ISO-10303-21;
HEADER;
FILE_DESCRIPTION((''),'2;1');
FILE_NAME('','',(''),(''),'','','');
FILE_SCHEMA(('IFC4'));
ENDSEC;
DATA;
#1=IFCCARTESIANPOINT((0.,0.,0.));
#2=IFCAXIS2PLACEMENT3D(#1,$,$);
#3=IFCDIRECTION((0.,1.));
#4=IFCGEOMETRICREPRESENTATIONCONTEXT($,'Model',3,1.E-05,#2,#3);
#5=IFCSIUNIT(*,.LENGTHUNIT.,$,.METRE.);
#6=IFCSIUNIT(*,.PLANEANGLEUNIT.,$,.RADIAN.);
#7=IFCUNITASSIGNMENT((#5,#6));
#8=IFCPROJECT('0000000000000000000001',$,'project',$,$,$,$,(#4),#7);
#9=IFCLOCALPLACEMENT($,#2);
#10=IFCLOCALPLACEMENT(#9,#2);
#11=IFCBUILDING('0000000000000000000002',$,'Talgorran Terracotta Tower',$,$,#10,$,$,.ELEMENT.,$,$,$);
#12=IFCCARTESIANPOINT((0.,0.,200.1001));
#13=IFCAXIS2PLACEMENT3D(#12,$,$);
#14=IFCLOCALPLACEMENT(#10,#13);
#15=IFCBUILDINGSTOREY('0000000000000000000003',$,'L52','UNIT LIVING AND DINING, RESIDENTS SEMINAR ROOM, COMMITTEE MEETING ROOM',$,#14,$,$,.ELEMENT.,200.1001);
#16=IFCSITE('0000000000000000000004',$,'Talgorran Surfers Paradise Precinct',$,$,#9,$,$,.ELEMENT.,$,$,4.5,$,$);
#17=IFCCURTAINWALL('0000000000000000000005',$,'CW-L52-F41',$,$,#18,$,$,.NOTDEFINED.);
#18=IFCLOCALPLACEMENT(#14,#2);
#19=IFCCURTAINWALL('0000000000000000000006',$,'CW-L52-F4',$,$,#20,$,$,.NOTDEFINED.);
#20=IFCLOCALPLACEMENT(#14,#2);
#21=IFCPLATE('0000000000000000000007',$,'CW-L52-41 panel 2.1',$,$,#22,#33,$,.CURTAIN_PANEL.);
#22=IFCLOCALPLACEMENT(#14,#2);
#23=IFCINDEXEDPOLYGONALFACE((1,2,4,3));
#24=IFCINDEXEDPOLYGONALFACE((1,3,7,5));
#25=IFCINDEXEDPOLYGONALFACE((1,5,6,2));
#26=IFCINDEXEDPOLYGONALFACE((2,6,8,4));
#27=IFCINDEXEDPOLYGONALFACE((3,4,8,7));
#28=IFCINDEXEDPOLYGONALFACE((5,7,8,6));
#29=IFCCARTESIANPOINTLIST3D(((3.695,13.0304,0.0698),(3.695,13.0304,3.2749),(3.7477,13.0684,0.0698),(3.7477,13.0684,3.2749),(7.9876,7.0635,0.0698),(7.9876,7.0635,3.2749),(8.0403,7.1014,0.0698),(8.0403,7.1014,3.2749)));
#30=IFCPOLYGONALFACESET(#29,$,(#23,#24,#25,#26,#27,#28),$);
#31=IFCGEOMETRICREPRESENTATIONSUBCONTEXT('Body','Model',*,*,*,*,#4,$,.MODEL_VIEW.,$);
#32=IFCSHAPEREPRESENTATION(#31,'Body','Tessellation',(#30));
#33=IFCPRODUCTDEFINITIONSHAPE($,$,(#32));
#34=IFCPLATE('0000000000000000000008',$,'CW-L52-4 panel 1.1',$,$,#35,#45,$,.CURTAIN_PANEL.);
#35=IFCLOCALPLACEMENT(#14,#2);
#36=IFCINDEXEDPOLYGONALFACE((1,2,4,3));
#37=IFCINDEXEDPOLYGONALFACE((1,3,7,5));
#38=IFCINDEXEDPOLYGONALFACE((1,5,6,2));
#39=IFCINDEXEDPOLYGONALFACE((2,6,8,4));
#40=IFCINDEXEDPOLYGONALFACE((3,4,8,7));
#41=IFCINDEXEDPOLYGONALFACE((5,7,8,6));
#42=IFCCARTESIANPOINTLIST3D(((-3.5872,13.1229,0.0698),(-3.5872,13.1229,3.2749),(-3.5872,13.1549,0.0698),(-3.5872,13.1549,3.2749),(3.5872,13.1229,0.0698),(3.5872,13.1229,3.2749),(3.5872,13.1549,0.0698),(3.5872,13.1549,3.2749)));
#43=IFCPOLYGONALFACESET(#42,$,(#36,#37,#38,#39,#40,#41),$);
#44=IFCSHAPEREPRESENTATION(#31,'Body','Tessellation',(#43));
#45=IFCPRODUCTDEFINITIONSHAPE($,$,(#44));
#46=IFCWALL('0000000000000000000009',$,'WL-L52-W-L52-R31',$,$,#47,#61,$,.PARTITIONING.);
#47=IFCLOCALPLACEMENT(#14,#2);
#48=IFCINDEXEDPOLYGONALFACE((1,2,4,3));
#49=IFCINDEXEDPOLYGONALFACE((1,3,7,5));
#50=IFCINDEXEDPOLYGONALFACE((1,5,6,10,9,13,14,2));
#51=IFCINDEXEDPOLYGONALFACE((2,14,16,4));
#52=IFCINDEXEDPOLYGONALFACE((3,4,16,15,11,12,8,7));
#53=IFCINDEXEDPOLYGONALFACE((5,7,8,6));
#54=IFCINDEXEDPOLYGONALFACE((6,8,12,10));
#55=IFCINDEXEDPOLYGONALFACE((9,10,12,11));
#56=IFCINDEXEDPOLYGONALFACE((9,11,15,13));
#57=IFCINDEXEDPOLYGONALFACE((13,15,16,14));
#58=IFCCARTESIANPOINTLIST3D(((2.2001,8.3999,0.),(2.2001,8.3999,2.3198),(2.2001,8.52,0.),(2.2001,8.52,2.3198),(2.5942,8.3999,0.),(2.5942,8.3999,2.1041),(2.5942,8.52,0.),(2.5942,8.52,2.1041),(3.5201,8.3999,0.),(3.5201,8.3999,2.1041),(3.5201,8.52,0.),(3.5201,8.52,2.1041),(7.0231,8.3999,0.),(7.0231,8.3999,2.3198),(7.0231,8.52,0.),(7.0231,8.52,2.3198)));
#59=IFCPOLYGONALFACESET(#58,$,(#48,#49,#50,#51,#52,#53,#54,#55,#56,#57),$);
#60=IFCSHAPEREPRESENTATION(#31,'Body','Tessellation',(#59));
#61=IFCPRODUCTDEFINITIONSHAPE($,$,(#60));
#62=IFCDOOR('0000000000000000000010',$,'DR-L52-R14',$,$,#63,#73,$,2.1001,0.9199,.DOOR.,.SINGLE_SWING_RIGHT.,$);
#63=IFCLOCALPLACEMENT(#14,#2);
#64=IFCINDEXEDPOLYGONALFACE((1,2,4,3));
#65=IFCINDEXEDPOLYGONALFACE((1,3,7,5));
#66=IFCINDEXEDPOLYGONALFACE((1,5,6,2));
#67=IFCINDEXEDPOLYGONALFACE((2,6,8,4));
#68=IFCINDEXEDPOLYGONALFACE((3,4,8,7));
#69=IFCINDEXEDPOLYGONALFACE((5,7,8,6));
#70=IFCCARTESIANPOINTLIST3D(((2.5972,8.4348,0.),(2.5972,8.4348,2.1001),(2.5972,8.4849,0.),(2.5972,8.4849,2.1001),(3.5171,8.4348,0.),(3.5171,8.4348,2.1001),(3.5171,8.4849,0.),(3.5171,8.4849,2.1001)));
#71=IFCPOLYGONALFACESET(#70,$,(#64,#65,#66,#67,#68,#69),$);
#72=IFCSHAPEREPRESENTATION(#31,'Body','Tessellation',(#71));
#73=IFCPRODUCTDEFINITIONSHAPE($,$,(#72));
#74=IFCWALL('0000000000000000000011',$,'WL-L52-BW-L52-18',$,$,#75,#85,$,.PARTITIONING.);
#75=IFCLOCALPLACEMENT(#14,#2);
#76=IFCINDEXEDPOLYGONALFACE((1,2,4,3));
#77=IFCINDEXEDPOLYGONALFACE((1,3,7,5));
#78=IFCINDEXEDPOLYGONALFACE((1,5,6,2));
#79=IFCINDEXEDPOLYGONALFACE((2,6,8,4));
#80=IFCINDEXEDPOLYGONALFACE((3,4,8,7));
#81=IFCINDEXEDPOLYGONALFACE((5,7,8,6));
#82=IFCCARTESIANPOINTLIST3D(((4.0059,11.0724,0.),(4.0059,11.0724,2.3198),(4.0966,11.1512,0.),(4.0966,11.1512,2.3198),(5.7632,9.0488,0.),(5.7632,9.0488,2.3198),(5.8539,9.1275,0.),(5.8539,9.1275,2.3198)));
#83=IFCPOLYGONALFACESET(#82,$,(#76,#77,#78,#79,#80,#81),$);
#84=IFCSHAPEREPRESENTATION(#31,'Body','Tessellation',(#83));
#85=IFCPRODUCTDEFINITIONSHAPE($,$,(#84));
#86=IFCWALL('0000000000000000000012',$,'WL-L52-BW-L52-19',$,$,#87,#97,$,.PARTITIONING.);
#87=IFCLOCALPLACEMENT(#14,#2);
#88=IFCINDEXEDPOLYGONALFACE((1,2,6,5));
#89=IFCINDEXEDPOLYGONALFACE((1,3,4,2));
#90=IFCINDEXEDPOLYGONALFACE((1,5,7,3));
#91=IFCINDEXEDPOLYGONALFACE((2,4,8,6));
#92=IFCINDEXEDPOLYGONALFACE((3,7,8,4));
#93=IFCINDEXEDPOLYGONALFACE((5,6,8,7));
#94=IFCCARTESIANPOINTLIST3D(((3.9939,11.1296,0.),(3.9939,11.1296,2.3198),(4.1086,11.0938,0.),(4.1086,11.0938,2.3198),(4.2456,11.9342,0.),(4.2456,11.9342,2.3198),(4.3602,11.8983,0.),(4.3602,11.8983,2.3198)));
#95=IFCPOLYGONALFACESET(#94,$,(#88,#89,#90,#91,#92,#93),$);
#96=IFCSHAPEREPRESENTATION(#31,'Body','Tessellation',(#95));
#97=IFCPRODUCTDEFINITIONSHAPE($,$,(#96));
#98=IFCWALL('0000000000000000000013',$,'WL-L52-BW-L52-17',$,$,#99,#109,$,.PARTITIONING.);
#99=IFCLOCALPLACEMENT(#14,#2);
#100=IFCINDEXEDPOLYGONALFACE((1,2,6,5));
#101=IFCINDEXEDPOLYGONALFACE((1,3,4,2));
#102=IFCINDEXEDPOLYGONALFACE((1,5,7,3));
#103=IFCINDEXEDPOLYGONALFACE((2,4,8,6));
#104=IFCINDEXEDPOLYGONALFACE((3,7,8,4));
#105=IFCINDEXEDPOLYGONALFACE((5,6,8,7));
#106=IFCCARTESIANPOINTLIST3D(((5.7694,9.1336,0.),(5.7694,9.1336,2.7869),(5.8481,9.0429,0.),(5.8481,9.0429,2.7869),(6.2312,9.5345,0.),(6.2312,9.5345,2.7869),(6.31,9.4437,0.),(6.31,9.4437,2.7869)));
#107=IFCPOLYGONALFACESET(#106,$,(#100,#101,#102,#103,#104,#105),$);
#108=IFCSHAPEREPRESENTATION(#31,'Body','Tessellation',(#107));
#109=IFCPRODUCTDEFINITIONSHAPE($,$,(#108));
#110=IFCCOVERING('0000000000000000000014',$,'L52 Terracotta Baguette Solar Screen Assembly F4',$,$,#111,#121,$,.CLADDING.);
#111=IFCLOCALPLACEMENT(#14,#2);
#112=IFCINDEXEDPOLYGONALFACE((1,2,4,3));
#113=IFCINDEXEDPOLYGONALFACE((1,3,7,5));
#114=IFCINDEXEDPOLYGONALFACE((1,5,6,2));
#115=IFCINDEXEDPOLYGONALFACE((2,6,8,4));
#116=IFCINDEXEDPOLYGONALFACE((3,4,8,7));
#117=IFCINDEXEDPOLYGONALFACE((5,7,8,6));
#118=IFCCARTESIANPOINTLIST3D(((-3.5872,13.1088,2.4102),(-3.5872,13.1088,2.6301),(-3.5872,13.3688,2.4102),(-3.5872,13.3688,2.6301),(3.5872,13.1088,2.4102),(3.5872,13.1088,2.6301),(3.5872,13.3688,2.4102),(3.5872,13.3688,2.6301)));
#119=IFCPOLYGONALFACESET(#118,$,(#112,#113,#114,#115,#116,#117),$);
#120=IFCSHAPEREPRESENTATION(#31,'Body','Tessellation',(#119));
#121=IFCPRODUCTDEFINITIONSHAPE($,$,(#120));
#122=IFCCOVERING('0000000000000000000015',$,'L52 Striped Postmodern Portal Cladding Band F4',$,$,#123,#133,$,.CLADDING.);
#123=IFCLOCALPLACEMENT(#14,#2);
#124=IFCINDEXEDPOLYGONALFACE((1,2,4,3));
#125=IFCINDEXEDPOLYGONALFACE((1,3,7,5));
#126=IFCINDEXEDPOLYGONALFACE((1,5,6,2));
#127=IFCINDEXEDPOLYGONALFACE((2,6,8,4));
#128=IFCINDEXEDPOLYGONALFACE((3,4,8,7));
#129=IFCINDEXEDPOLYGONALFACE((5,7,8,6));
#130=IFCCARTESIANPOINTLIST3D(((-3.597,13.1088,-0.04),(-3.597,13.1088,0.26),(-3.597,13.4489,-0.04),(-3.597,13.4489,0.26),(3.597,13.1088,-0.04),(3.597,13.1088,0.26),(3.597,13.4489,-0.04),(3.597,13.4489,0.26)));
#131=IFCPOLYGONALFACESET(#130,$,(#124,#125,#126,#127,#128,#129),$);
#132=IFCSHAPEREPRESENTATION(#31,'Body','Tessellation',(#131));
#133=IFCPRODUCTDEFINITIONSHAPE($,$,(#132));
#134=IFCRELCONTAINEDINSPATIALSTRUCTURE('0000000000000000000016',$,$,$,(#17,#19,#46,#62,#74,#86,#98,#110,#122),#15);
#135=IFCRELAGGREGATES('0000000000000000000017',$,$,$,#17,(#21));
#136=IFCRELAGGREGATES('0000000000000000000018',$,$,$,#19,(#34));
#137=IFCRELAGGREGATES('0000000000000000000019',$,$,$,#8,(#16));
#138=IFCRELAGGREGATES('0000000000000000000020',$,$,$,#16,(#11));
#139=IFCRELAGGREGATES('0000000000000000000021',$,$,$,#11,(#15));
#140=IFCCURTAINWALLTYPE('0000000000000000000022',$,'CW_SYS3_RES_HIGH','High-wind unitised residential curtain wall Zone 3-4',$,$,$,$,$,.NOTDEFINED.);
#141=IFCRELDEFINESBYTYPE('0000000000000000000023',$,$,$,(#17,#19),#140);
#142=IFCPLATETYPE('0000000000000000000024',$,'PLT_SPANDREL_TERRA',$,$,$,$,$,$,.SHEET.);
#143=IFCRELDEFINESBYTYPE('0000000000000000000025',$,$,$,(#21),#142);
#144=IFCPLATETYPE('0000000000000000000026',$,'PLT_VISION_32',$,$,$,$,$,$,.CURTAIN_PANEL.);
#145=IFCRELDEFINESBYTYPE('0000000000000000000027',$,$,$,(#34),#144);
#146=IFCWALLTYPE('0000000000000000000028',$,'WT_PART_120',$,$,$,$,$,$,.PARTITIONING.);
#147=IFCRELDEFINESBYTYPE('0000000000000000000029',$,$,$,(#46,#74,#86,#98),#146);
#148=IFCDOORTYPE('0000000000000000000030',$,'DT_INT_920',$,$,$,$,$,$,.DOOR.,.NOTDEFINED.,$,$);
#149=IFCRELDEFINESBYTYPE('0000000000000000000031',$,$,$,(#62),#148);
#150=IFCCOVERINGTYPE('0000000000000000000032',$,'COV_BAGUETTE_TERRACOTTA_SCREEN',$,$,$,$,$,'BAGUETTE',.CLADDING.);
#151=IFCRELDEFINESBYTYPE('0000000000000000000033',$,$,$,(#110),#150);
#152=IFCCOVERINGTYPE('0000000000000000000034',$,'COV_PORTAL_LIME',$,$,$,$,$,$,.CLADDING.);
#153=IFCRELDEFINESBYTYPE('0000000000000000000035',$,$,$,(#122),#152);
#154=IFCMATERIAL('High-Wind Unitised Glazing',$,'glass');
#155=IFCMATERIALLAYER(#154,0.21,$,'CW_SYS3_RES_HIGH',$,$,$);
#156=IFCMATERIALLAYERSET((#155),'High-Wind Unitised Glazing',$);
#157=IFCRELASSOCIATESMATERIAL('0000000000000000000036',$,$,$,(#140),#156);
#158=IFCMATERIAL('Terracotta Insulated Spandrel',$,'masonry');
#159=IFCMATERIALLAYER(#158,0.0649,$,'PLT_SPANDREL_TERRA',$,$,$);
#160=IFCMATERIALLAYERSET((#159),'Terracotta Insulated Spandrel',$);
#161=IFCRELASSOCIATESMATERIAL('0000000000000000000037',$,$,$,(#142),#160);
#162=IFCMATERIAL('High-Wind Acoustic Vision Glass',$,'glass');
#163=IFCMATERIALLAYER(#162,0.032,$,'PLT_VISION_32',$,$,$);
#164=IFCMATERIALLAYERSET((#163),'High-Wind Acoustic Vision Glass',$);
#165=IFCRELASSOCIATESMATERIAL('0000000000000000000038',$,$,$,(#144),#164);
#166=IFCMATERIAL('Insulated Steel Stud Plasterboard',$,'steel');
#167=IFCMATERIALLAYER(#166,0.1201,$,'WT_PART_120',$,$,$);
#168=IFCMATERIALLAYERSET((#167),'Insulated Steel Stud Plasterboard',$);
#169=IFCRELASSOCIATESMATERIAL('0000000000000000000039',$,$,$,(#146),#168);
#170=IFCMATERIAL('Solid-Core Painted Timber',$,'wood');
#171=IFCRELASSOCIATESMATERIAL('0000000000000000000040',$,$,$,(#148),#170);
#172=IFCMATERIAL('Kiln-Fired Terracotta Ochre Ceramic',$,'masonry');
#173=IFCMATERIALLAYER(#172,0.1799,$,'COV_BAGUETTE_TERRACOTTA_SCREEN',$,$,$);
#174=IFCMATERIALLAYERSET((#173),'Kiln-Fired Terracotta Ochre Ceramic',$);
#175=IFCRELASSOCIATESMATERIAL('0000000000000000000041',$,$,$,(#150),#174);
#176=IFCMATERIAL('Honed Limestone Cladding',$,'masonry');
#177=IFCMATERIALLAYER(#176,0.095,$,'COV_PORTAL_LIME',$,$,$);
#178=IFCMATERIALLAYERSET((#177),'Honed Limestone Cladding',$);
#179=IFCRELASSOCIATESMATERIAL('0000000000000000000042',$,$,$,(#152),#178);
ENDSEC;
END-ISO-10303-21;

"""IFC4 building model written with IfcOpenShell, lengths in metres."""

from ifc_helpers import new_model, si_unit, direction, frame, frame_2d, origin, origin_2d, place, context, subcontext, project, spatial, rectangle, extrude, source, transform, mapped, material, layer, layer_set, type_object, type_shapes, element, fill, aggregate, save


model = new_model("IFC4")

# Units and contexts
model_context = context("Model", 3, precision=1e-05, world=origin(), true_north=direction((0.0, 1.0)))
body_context = subcontext(model_context, "Body", "Model", "MODEL_VIEW")
ifc_project = project(units=[si_unit("LENGTHUNIT", "METRE"), si_unit("PLANEANGLEUNIT", "RADIAN")], contexts=[model_context])

# Site, building, storey
site_placement = place(None, origin())
site = spatial("IfcSite", under=ifc_project, at=site_placement, Name="Talgorran Surfers Paradise Precinct", CompositionType="ELEMENT", RefElevation=4.5)
building_placement = place(site_placement, origin())
building = spatial("IfcBuilding", under=site, at=building_placement, Name="Talgorran Terracotta Tower", CompositionType="ELEMENT")
storey_placement = place(building_placement, frame((0.0, 0.0, 200.1001)))
storey = spatial("IfcBuildingStorey", under=building, at=storey_placement, Name="L52", Description="UNIT LIVING AND DINING, RESIDENTS SEMINAR ROOM, COMMITTEE MEETING ROOM", CompositionType="ELEMENT", Elevation=200.1001)

# Curtain wall
ifc_material_1 = material(Name="High-Wind Unitised Glazing", Category="glass")
ifc_layer_1 = layer(ifc_material_1, 0.21, Name="CW_SYS3_RES_HIGH")
ifc_layer_set_1 = layer_set([ifc_layer_1], Name="High-Wind Unitised Glazing")
curtain_wall_type = type_object("IfcCurtainWallType", Name="CW_SYS3_RES_HIGH", Description="High-wind unitised residential curtain wall Zone 3-4", PredefinedType="NOTDEFINED", material=ifc_layer_set_1)
curtain_wall_1_placement = place(storey_placement, origin())
curtain_wall_1 = element("IfcCurtainWall", 1, at=curtain_wall_1_placement, inside=storey, type_object=curtain_wall_type, Name="CW-L52-F41", PredefinedType="NOTDEFINED")

# Curtain wall
curtain_wall_2_placement = place(storey_placement, origin())
curtain_wall_2 = element("IfcCurtainWall", 2, at=curtain_wall_2_placement, inside=storey, type_object=curtain_wall_type, Name="CW-L52-F4", PredefinedType="NOTDEFINED")

# Plates
ifc_material_2 = material(Name="Terracotta Insulated Spandrel", Category="masonry")
ifc_layer_2 = layer(ifc_material_2, 0.0649, Name="PLT_SPANDREL_TERRA")
ifc_layer_set_2 = layer_set([ifc_layer_2], Name="Terracotta Insulated Spandrel")
plate_type_1 = type_object("IfcPlateType", Name="PLT_SPANDREL_TERRA", PredefinedType="SHEET", material=ifc_layer_set_2)
shared_shape_1 = source(origin(), body_context, "Body", "SweptSolid", [
    extrude(rectangle(XDim=7.3506, YDim=0.0649, at=origin_2d()), origin(), (0.0, 0.0, 1.0), 3.2051),
])
type_shapes(plate_type_1, [shared_shape_1])
plate_1_placement = place(storey_placement, frame((5.8677, 10.0659, 0.0698), z_axis=(0.0, 0.0, 1.0), x_axis=(-0.583984, 0.811765, 0.0)))
plate_1 = element("IfcPlate", 3, at=plate_1_placement, type_object=plate_type_1, Name="CW-L52-41 panel 2.1", PredefinedType="CURTAIN_PANEL", context=body_context, shape_type="MappedRepresentation", body=[
    mapped(shared_shape_1, transform((0.0, 0.0, 0.0), scale=1.0)),
])
aggregate(curtain_wall_1, [plate_1])
ifc_material_3 = material(Name="High-Wind Acoustic Vision Glass", Category="glass")
ifc_layer_3 = layer(ifc_material_3, 0.032, Name="PLT_VISION_32")
ifc_layer_set_3 = layer_set([ifc_layer_3], Name="High-Wind Acoustic Vision Glass")
plate_type_2 = type_object("IfcPlateType", Name="PLT_VISION_32", PredefinedType="CURTAIN_PANEL", material=ifc_layer_set_3)
shared_shape_2 = source(origin(), body_context, "Body", "SweptSolid", [
    extrude(rectangle(XDim=7.1743, YDim=0.032, at=origin_2d()), origin(), (0.0, 0.0, 1.0), 3.2051),
])
type_shapes(plate_type_2, [shared_shape_2])
plate_2_placement = place(storey_placement, frame((0.0, 13.1389, 0.0698), z_axis=(0.0, 0.0, 1.0), x_axis=(-1.0, 0.0, 0.0)))
plate_2 = element("IfcPlate", 4, at=plate_2_placement, type_object=plate_type_2, Name="CW-L52-4 panel 1.1", PredefinedType="CURTAIN_PANEL", context=body_context, shape_type="MappedRepresentation", body=[
    mapped(shared_shape_2, transform((0.0, 0.0, 0.0), scale=1.0)),
])
aggregate(curtain_wall_2, [plate_2])

# Wall, opening, door
ifc_material_4 = material(Name="Insulated Steel Stud Plasterboard", Category="steel")
ifc_layer_4 = layer(ifc_material_4, 0.1201, Name="WT_PART_120")
ifc_layer_set_4 = layer_set([ifc_layer_4], Name="Insulated Steel Stud Plasterboard")
wall_type = type_object("IfcWallType", Name="WT_PART_120", PredefinedType="PARTITIONING", material=ifc_layer_set_4)
wall_1_placement = place(storey_placement, frame((2.2, 8.46, 0.0), z_axis=(0.0, 0.0, 1.0), x_axis=(1.0, 0.0, 0.0)))
wall_1 = element("IfcWall", 5, at=wall_1_placement, inside=storey, type_object=wall_type, Name="WL-L52-W-L52-R31", PredefinedType="PARTITIONING", context=body_context, shape_type="SweptSolid", body=[
    extrude(rectangle(XDim=4.823, YDim=0.1201, at=frame_2d((2.4116, 0.0))), origin(), (0.0, 0.0, 1.0), 2.3198),
])
opening_placement = place(wall_1_placement, frame((0.3972, 0.0, 0.0)))
opening = element("IfcOpeningElement", 6, at=opening_placement, cuts=wall_1, PredefinedType="OPENING", context=body_context, shape_type="SweptSolid", body=[
    extrude(rectangle(XDim=0.9259, YDim=2.1041, at=frame_2d((0.46, 1.052))), frame((0.0, 0.0701, 0.0), z_axis=(0.0, -1.0, 0.0), x_axis=(1.0, 0.0, 0.0)), (0.0, 0.0, 1.0), 0.1401),
])
ifc_material_5 = material(Name="Solid-Core Painted Timber", Category="wood")
door_type = type_object("IfcDoorType", Name="DT_INT_920", OperationType="NOTDEFINED", PredefinedType="DOOR", material=ifc_material_5)
door_placement = place(opening_placement, origin())
door = element("IfcDoor", 7, at=door_placement, inside=storey, type_object=door_type, Name="DR-L52-R14", OperationType="SINGLE_SWING_RIGHT", OverallHeight=2.1001, OverallWidth=0.9199, PredefinedType="DOOR", context=body_context, shape_type="SweptSolid", body=[
    extrude(rectangle(XDim=0.9199, YDim=2.1001, at=frame_2d((0.46, 1.05))), frame((0.0, 0.0249, 0.0), z_axis=(0.0, -1.0, 0.0), x_axis=(1.0, 0.0, 0.0)), (0.0, 0.0, 1.0), 0.05),
])
fill(opening, door)

# Walls
wall_2_placement = place(storey_placement, frame((5.8086, 9.0881, 0.0), z_axis=(0.0, 0.0, 1.0), x_axis=(-0.655669, 0.755049, 0.0)))
element("IfcWall", 8, at=wall_2_placement, inside=storey, type_object=wall_type, Name="WL-L52-BW-L52-18", PredefinedType="PARTITIONING", context=body_context, shape_type="SweptSolid", body=[
    extrude(rectangle(XDim=2.6802, YDim=0.1201, at=frame_2d((1.3401, 0.0))), origin(), (0.0, 0.0, 1.0), 2.3198),
])
wall_3_placement = place(storey_placement, frame((4.0513, 11.1118, 0.0), z_axis=(0.0, 0.0, 1.0), x_axis=(0.298539, 0.954398, 0.0)))
element("IfcWall", 9, at=wall_3_placement, inside=storey, type_object=wall_type, Name="WL-L52-BW-L52-19", PredefinedType="PARTITIONING", context=body_context, shape_type="SweptSolid", body=[
    extrude(rectangle(XDim=0.843, YDim=0.1201, at=frame_2d((0.4214, 0.0))), origin(), (0.0, 0.0, 1.0), 2.3198),
])
wall_4_placement = place(storey_placement, frame((6.2705, 9.489, 0.0), z_axis=(0.0, 0.0, 1.0), x_axis=(-0.755241, -0.655447, 0.0)))
element("IfcWall", 10, at=wall_4_placement, inside=storey, type_object=wall_type, Name="WL-L52-BW-L52-17", PredefinedType="PARTITIONING", context=body_context, shape_type="SweptSolid", body=[
    extrude(rectangle(XDim=0.6116, YDim=0.1201, at=frame_2d((0.3057, 0.0))), origin(), (0.0, 0.0, 1.0), 2.7869),
])

# Coverings
ifc_material_6 = material(Name="Kiln-Fired Terracotta Ochre Ceramic", Category="masonry")
ifc_layer_5 = layer(ifc_material_6, 0.1799, Name="COV_BAGUETTE_TERRACOTTA_SCREEN")
ifc_layer_set_5 = layer_set([ifc_layer_5], Name="Kiln-Fired Terracotta Ochre Ceramic")
covering_type_1 = type_object("IfcCoveringType", Name="COV_BAGUETTE_TERRACOTTA_SCREEN", ElementType="BAGUETTE", PredefinedType="CLADDING", material=ifc_layer_set_5)
covering_1_placement = place(storey_placement, frame((0.0, 13.2388, 2.4102), z_axis=(0.0, 0.0, 1.0), x_axis=(-1.0, 0.0, 0.0)))
element("IfcCovering", 11, at=covering_1_placement, inside=storey, type_object=covering_type_1, Name="L52 Terracotta Baguette Solar Screen Assembly F4", PredefinedType="CLADDING", context=body_context, shape_type="SweptSolid", body=[
    extrude(rectangle(XDim=7.1743, YDim=0.26, at=origin_2d()), origin(), (0.0, 0.0, 1.0), 0.22),
])
ifc_material_7 = material(Name="Honed Limestone Cladding", Category="masonry")
ifc_layer_6 = layer(ifc_material_7, 0.095, Name="COV_PORTAL_LIME")
ifc_layer_set_6 = layer_set([ifc_layer_6], Name="Honed Limestone Cladding")
covering_type_2 = type_object("IfcCoveringType", Name="COV_PORTAL_LIME", PredefinedType="CLADDING", material=ifc_layer_set_6)
covering_2_placement = place(storey_placement, frame((0.0, 13.2788, -0.04), z_axis=(0.0, 0.0, 1.0), x_axis=(-1.0, 0.0, 0.0)))
element("IfcCovering", 12, at=covering_2_placement, inside=storey, type_object=covering_type_2, Name="L52 Striped Postmodern Portal Cladding Band F4", PredefinedType="CLADDING", context=body_context, shape_type="SweptSolid", body=[
    extrude(rectangle(XDim=7.1941, YDim=0.3401, at=origin_2d()), origin(), (0.0, 0.0, 1.0), 0.3),
])

save(model, "model.ifc")
